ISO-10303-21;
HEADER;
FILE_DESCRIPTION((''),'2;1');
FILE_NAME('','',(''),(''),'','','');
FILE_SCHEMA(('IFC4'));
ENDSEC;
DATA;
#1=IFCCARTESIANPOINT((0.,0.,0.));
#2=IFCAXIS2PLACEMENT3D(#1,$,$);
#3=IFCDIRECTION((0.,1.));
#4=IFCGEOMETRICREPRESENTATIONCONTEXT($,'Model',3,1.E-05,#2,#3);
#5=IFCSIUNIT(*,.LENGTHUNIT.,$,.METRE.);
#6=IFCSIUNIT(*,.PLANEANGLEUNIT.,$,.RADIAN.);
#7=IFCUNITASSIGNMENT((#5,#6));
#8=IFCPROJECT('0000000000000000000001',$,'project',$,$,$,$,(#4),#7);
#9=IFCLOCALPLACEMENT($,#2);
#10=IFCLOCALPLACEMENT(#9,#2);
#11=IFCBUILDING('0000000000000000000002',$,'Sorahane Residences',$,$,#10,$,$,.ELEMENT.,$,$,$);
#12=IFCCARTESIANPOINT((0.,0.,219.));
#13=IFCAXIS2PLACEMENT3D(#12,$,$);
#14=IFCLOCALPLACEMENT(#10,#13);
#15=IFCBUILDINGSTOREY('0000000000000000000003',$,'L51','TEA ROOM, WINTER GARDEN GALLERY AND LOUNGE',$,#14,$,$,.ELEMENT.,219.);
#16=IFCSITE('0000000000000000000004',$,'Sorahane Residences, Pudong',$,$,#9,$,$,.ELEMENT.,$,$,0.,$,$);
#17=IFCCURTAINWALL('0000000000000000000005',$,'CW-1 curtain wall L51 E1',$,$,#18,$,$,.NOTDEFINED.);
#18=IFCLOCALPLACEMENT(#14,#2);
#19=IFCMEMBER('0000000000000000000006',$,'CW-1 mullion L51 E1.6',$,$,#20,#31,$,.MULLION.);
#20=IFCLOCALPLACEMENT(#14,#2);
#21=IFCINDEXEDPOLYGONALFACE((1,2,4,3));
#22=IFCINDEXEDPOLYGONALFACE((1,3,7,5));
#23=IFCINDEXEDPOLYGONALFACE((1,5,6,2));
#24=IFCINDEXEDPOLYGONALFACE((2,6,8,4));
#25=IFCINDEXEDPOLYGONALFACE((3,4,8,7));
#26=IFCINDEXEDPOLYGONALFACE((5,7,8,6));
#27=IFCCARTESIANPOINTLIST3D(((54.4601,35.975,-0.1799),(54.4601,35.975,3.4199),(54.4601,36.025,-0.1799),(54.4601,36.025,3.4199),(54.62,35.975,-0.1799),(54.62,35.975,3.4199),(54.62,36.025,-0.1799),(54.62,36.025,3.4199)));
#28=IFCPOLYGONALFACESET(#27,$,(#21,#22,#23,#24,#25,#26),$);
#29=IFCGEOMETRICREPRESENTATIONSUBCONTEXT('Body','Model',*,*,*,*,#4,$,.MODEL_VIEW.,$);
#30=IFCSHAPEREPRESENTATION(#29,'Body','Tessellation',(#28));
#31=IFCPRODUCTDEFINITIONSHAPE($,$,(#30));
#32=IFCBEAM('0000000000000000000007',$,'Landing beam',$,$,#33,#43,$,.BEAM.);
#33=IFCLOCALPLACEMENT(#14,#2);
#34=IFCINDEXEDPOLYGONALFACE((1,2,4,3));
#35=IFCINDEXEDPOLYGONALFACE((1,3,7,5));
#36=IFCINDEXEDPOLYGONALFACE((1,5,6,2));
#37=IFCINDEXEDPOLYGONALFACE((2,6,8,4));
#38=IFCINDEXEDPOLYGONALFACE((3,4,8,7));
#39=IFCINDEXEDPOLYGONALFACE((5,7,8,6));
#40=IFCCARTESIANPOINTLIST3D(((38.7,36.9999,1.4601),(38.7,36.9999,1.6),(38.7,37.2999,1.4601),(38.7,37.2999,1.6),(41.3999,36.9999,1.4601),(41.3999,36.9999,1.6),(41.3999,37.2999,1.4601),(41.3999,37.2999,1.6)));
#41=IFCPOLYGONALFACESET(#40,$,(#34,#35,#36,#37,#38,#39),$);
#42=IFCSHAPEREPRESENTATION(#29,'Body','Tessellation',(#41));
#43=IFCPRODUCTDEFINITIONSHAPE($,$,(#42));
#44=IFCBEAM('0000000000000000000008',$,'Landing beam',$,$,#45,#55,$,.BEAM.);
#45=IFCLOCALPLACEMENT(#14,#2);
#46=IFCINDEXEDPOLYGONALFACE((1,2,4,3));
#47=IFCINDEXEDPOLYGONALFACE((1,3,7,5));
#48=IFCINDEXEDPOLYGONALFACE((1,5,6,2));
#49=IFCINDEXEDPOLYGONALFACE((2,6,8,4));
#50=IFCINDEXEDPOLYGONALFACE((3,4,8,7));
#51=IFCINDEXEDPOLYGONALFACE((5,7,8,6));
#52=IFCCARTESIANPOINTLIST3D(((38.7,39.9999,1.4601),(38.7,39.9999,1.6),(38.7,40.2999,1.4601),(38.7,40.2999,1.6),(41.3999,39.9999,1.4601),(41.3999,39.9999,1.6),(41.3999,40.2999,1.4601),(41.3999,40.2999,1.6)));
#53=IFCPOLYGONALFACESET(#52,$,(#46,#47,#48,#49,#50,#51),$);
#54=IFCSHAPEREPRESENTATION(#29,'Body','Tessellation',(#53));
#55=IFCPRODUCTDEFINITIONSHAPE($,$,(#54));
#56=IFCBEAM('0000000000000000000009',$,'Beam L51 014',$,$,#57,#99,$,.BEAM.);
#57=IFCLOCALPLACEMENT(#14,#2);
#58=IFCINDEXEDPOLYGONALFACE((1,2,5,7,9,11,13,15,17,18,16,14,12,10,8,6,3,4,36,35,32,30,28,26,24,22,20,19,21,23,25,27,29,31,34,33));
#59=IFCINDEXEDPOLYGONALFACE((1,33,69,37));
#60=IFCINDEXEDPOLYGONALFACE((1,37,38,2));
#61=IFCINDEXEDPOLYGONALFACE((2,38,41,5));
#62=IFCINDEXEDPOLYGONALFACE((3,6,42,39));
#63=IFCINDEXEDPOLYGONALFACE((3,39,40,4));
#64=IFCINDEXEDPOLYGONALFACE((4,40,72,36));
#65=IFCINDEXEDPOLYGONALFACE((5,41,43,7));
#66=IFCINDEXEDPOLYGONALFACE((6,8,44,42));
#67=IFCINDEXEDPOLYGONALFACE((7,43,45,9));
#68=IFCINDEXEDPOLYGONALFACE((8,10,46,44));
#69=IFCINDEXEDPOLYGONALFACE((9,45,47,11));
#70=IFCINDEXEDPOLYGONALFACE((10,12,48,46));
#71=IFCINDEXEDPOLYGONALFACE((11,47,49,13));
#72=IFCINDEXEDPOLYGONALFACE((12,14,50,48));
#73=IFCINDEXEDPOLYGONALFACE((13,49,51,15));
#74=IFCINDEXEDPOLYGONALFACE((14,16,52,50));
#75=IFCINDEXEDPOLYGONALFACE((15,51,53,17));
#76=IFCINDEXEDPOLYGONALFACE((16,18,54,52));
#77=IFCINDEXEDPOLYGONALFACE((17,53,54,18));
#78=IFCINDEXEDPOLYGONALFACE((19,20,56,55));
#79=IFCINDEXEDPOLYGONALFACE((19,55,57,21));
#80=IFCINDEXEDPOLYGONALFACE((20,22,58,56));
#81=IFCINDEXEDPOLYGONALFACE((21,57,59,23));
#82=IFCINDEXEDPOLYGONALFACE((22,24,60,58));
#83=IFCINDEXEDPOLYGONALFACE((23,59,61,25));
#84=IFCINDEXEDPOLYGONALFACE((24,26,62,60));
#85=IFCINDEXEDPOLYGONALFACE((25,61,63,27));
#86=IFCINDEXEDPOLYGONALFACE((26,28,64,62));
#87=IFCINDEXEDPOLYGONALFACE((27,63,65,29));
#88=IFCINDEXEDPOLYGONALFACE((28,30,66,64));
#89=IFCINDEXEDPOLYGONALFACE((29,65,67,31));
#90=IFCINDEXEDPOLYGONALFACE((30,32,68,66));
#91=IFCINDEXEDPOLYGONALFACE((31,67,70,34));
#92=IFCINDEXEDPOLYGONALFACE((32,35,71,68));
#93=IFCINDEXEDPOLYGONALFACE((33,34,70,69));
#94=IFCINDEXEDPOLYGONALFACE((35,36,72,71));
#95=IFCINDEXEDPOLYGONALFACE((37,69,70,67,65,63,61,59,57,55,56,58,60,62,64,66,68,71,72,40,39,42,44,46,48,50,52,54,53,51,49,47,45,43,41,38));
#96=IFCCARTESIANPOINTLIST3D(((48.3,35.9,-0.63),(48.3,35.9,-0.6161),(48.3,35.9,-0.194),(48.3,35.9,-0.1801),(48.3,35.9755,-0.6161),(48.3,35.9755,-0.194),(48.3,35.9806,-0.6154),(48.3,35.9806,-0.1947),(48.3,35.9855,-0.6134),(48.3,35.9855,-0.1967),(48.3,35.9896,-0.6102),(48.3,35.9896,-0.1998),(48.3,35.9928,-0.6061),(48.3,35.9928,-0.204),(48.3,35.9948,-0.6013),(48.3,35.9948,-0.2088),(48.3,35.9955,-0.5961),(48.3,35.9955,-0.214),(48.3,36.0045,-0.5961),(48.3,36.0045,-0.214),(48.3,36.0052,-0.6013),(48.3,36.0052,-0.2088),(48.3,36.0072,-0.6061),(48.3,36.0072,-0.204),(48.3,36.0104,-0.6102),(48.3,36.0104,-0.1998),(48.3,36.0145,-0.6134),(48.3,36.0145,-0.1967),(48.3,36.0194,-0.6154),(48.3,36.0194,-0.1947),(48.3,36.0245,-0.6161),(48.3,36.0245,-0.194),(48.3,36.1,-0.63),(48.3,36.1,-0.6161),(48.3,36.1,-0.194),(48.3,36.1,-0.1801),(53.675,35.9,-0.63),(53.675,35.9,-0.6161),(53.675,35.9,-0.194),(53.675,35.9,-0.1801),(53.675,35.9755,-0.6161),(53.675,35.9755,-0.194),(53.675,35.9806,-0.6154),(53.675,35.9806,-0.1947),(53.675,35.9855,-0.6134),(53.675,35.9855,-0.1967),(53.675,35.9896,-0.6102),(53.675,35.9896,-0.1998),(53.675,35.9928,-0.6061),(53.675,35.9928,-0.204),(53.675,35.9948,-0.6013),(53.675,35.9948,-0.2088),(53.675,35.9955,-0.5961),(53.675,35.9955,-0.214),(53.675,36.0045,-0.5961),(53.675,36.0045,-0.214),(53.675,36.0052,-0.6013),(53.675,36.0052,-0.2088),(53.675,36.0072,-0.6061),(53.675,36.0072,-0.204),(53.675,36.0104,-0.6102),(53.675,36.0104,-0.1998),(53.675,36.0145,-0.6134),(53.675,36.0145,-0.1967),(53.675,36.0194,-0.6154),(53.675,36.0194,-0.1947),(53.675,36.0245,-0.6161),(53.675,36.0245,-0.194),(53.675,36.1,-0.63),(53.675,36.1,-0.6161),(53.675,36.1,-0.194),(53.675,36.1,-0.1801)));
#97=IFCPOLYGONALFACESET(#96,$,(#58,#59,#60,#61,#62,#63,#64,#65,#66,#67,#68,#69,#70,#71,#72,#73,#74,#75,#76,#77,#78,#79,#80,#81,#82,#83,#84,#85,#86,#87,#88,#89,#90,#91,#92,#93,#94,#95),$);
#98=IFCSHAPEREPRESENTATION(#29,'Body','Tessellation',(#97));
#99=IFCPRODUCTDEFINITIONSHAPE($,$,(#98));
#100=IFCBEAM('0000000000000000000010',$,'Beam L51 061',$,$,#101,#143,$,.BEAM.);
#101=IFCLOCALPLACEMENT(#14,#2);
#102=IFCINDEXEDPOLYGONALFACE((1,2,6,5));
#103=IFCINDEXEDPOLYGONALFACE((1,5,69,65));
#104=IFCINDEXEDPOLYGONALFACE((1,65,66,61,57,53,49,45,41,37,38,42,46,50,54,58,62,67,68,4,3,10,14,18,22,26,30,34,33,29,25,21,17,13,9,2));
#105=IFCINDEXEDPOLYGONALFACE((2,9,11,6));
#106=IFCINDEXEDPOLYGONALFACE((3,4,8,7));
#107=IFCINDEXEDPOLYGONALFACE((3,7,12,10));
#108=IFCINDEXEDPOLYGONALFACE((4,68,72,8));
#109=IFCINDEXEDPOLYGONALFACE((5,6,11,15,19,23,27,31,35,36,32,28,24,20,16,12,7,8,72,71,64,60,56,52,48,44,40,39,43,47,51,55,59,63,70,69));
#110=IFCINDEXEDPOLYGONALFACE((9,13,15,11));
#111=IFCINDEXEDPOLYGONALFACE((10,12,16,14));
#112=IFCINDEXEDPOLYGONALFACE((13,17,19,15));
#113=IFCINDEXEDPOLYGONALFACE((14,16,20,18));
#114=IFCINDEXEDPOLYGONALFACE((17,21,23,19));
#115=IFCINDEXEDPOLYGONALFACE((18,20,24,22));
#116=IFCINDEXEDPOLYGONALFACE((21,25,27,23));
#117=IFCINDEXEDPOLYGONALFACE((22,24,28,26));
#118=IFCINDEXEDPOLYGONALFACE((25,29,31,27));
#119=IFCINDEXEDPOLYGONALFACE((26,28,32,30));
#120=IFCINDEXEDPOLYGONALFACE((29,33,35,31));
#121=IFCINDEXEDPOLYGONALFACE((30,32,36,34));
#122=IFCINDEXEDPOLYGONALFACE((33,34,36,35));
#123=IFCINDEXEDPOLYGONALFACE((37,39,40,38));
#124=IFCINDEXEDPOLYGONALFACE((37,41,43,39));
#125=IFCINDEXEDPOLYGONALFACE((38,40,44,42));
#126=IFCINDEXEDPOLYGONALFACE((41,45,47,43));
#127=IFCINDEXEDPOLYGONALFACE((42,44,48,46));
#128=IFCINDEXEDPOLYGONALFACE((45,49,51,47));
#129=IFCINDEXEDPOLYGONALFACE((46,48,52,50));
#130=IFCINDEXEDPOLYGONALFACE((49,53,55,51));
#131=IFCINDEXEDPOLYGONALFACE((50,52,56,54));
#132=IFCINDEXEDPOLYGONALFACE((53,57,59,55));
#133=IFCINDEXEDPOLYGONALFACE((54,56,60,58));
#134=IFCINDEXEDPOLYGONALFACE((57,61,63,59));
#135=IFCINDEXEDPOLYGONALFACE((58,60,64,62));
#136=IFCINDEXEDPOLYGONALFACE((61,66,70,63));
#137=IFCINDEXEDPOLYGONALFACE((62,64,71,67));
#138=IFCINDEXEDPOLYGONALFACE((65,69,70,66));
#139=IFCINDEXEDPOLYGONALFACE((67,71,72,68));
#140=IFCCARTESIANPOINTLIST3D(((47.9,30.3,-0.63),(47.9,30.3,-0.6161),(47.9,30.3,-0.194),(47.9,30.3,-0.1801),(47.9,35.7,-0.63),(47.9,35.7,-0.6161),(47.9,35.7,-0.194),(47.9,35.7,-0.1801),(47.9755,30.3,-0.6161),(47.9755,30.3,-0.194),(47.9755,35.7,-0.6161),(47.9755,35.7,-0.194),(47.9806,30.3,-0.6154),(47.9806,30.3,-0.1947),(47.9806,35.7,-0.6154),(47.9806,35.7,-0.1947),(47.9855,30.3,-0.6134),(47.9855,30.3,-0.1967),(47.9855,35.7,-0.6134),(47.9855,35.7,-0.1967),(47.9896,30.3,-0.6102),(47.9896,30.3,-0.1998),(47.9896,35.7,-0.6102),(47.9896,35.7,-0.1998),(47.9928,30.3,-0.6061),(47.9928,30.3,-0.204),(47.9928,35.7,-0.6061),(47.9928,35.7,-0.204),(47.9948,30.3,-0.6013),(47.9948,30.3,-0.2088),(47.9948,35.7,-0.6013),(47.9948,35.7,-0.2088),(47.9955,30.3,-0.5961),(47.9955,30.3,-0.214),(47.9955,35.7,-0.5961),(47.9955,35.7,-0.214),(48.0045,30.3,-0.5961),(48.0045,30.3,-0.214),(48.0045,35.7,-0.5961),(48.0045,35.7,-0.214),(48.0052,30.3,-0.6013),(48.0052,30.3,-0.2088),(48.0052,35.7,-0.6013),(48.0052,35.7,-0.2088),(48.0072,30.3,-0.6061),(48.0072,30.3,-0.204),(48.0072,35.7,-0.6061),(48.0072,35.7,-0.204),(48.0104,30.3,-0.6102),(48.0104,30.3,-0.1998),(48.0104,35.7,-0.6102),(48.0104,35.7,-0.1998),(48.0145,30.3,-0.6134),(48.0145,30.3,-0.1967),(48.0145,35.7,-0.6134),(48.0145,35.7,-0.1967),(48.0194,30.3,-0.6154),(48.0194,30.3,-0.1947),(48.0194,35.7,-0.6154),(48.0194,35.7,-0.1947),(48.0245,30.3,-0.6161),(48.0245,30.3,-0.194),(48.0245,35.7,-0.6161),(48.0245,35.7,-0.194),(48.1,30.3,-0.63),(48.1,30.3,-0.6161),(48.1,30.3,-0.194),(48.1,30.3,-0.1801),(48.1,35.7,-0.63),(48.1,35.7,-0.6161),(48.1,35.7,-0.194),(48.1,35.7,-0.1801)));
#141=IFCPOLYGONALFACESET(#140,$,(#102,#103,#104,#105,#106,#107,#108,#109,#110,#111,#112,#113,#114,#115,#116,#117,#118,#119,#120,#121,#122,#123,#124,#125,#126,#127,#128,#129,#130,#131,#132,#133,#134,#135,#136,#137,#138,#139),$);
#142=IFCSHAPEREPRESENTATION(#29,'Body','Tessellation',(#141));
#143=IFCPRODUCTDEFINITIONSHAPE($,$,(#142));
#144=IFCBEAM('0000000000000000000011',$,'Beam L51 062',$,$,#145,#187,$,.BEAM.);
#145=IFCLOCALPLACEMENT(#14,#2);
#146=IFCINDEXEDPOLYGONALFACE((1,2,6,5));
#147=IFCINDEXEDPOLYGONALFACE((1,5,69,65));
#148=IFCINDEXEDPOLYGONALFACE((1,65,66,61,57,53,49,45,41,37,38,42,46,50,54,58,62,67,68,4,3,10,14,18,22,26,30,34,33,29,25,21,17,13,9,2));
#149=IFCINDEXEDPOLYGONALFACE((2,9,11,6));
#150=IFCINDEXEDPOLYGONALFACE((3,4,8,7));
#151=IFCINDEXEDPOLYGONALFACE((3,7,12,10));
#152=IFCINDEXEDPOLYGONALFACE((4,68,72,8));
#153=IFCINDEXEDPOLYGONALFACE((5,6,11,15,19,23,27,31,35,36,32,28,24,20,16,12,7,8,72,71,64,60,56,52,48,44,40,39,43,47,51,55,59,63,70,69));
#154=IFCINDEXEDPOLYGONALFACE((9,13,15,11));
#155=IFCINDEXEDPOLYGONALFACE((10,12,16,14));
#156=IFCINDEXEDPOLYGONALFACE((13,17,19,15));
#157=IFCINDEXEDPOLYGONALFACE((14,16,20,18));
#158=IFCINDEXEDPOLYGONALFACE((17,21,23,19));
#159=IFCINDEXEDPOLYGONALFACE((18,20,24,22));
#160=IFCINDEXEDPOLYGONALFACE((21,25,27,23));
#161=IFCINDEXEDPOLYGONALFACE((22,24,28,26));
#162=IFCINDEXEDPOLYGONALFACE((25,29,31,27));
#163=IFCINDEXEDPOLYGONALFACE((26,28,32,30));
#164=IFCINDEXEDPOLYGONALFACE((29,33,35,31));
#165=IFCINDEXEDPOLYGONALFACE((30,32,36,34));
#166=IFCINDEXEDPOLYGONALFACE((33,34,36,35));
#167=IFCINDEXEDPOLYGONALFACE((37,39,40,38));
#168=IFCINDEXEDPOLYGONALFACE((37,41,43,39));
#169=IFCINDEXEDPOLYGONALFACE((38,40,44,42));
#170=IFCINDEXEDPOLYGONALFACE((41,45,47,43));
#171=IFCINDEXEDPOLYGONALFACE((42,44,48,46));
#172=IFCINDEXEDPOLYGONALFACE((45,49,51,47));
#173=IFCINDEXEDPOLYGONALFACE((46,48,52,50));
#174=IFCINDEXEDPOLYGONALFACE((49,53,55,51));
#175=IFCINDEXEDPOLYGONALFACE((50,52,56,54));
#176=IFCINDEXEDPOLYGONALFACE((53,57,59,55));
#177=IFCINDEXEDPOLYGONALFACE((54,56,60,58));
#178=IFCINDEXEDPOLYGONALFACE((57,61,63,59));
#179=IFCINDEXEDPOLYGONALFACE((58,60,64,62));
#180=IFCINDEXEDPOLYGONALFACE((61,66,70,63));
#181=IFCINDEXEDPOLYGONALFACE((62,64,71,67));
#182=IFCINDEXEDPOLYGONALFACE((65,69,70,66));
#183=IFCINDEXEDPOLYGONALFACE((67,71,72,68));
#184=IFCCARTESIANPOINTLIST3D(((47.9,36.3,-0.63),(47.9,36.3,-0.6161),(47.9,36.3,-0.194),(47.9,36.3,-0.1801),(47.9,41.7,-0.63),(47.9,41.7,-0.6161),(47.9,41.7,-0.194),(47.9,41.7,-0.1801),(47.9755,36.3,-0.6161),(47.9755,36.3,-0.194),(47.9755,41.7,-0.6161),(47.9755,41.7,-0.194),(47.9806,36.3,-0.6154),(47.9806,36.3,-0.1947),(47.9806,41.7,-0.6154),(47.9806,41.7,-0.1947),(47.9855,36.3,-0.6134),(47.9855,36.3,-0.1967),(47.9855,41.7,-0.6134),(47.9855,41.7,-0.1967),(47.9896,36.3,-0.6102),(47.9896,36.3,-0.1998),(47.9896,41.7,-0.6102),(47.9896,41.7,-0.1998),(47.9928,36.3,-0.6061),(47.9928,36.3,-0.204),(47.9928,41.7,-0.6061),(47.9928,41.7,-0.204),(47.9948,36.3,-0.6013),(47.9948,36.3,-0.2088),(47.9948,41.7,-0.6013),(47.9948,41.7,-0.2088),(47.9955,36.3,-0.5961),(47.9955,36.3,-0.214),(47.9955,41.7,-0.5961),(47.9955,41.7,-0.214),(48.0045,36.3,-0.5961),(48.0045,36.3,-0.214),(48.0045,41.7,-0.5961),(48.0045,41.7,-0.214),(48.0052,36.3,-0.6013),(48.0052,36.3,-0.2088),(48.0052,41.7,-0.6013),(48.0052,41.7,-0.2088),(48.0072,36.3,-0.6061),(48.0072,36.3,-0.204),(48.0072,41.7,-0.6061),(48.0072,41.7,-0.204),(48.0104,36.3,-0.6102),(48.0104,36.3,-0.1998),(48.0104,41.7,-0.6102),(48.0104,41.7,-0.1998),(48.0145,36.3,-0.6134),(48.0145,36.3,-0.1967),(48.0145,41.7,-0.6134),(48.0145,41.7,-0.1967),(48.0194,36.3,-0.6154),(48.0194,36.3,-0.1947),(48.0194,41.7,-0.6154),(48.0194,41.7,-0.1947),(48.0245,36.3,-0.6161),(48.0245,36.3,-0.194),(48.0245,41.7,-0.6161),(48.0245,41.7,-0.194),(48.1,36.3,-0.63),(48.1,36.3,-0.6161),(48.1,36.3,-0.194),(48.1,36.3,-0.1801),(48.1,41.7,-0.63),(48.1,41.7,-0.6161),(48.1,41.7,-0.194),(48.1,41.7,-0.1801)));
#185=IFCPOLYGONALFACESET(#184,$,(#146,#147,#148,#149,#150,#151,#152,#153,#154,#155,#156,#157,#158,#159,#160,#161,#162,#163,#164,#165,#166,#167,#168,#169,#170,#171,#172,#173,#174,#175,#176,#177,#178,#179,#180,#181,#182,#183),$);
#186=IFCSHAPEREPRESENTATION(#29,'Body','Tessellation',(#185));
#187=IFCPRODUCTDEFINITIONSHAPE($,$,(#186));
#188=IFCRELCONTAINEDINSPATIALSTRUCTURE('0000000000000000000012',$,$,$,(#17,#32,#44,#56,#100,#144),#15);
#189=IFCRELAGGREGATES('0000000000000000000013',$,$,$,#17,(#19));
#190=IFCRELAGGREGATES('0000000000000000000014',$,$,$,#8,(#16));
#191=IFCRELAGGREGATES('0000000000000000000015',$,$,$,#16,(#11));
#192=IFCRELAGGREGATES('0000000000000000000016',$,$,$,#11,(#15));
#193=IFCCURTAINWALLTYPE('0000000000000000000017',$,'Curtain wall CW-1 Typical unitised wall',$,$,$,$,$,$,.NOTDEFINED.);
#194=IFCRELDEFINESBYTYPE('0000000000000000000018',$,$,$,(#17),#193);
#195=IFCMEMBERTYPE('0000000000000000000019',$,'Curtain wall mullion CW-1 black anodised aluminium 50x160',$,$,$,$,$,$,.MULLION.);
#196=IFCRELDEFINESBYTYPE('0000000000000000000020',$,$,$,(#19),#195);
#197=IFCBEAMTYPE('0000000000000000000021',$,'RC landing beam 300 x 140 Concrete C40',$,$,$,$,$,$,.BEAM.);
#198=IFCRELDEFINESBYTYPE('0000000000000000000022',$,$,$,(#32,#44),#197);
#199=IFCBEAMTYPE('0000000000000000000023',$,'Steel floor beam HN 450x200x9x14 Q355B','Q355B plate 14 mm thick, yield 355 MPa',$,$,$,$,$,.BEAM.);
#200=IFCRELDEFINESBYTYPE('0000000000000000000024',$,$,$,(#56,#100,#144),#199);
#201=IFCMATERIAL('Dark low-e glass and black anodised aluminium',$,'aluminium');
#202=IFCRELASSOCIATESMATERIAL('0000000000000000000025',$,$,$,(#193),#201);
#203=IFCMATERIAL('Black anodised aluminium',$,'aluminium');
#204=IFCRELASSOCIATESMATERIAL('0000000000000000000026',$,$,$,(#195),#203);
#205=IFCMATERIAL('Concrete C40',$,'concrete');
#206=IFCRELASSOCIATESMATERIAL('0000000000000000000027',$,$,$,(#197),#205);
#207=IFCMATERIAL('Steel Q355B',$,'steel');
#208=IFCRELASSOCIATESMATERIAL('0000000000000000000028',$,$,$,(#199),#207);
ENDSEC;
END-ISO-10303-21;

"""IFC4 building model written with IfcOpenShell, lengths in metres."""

from ifc_helpers import new_model, si_unit, direction, frame, origin, origin_2d, place, context, subcontext, project, spatial, rectangle, i_section, extrude, material, material_profile, profile_set, type_object, element, aggregate, save


model = new_model("IFC4")

# Units and contexts
model_context = context("Model", 3, precision=1e-05, world=origin(), true_north=direction((0.0, 1.0)))
body_context = subcontext(model_context, "Body", "Model", "MODEL_VIEW")
ifc_project = project(units=[si_unit("LENGTHUNIT", "METRE"), si_unit("PLANEANGLEUNIT", "RADIAN")], contexts=[model_context])

# Site, building, storey
site_placement = place(None, origin())
site = spatial("IfcSite", under=ifc_project, at=site_placement, Name="Sorahane Residences, Pudong", CompositionType="ELEMENT", RefElevation=0.0)
building_placement = place(site_placement, origin())
building = spatial("IfcBuilding", under=site, at=building_placement, Name="Sorahane Residences", CompositionType="ELEMENT")
storey_placement = place(building_placement, frame((0.0, 0.0, 219.0)))
storey = spatial("IfcBuildingStorey", under=building, at=storey_placement, Name="L51", Description="TEA ROOM, WINTER GARDEN GALLERY AND LOUNGE", CompositionType="ELEMENT", Elevation=219.0)

# Curtain wall, member
ifc_material_1 = material(Name="Dark low-e glass and black anodised aluminium", Category="aluminium")
curtain_wall_type = type_object("IfcCurtainWallType", Name="Curtain wall CW-1 Typical unitised wall", PredefinedType="NOTDEFINED", material=ifc_material_1)
curtain_wall_placement = place(storey_placement, origin())
curtain_wall = element("IfcCurtainWall", 1, at=curtain_wall_placement, inside=storey, type_object=curtain_wall_type, Name="CW-1 curtain wall L51 E1", PredefinedType="NOTDEFINED")
ifc_material_2 = material(Name="Black anodised aluminium", Category="aluminium")
ifc_material_profile_1 = material_profile(ifc_material_2, rectangle(XDim=0.1599, YDim=0.05, at=origin_2d()), Name="Curtain wall mullion CW-1 black anodised aluminium 50x160")
ifc_profile_set_1 = profile_set([ifc_material_profile_1], Name="Black anodised aluminium")
member_type_1 = type_object("IfcMemberType", Name="Curtain wall mullion CW-1 black anodised aluminium 50x160", PredefinedType="MULLION", material=ifc_profile_set_1)
member_1_placement = place(storey_placement, frame((54.54, 36.0, -0.1799), z_axis=(0.0, 0.0, 1.0), x_axis=(1.0, 0.0, 0.0)))
member_1 = element("IfcMember", 2, at=member_1_placement, type_object=member_type_1, Name="CW-1 mullion L51 E1.6", PredefinedType="MULLION", context=body_context, shape_type="SweptSolid", body=[
    extrude(rectangle(XDim=0.1599, YDim=0.05, at=origin_2d()), origin(), (0.0, 0.0, 1.0), 3.5999),
])

# Beams
ifc_material_3 = material(Name="Concrete C40", Category="concrete")
ifc_material_profile_2 = material_profile(ifc_material_3, rectangle(XDim=0.3, YDim=0.1399, at=origin_2d()), Name="300x140")
ifc_profile_set_2 = profile_set([ifc_material_profile_2], Name="Concrete C40")
beam_type_1 = type_object("IfcBeamType", Name="RC landing beam 300 x 140 Concrete C40", PredefinedType="BEAM", material=ifc_profile_set_2)
for number, where, z_axis, x_axis, name in (
    (3, (38.7, 37.1499, 1.53), (1.0, 0.0, 0.0), (0.0, 1.0, 0.0), "Landing beam"),
    (4, (38.7, 40.1499, 1.53), (1.0, 0.0, 0.0), (0.0, 1.0, 0.0), "Landing beam"),
):
    element("IfcBeam", number, at=place(storey_placement, frame(where, z_axis=z_axis, x_axis=x_axis)), inside=storey, type_object=beam_type_1, Name=name, PredefinedType="BEAM", context=body_context, shape_type="SweptSolid", body=[
        extrude(rectangle(XDim=0.3, YDim=0.1399, at=origin_2d()), origin(), (0.0, 0.0, 1.0), 2.7),
    ])
ifc_material_4 = material(Name="Steel Q355B", Category="steel")
ifc_material_profile_3 = material_profile(ifc_material_4, i_section(OverallWidth=0.2, OverallDepth=0.45, WebThickness=0.009, FlangeThickness=0.0139, FilletRadius=0.02, at=origin_2d()), Name="HN 450x200x9x14")
ifc_profile_set_3 = profile_set([ifc_material_profile_3], Name="Steel Q355B")
beam_type_2 = type_object("IfcBeamType", Name="Steel floor beam HN 450x200x9x14 Q355B", Description="Q355B plate 14 mm thick, yield 355 MPa", PredefinedType="BEAM", material=ifc_profile_set_3)
beam_1_placement = place(storey_placement, frame((48.3, 36.0, -0.405), z_axis=(1.0, 0.0, 0.0), x_axis=(0.0, 1.0, 0.0)))
element("IfcBeam", 5, at=beam_1_placement, inside=storey, type_object=beam_type_2, Name="Beam L51 014", PredefinedType="BEAM", context=body_context, shape_type="SweptSolid", body=[
    extrude(i_section(OverallWidth=0.2, OverallDepth=0.45, WebThickness=0.009, FlangeThickness=0.0139, FilletRadius=0.02, at=origin_2d()), origin(), (0.0, 0.0, 1.0), 5.375),
])
for number, where, z_axis, x_axis, name in (
    (6, (48.0, 30.3, -0.405), (0.0, 1.0, 0.0), (-1.0, 0.0, 0.0), "Beam L51 061"),
    (7, (48.0, 36.3, -0.405), (0.0, 1.0, 0.0), (-1.0, 0.0, 0.0), "Beam L51 062"),
):
    element("IfcBeam", number, at=place(storey_placement, frame(where, z_axis=z_axis, x_axis=x_axis)), inside=storey, type_object=beam_type_2, Name=name, PredefinedType="BEAM", context=body_context, shape_type="SweptSolid", body=[
        extrude(i_section(OverallWidth=0.2, OverallDepth=0.45, WebThickness=0.009, FlangeThickness=0.0139, FilletRadius=0.02, at=origin_2d()), origin(), (0.0, 0.0, 1.0), 5.3999),
    ])

aggregate(curtain_wall, [member_1])

save(model, "model.ifc")
